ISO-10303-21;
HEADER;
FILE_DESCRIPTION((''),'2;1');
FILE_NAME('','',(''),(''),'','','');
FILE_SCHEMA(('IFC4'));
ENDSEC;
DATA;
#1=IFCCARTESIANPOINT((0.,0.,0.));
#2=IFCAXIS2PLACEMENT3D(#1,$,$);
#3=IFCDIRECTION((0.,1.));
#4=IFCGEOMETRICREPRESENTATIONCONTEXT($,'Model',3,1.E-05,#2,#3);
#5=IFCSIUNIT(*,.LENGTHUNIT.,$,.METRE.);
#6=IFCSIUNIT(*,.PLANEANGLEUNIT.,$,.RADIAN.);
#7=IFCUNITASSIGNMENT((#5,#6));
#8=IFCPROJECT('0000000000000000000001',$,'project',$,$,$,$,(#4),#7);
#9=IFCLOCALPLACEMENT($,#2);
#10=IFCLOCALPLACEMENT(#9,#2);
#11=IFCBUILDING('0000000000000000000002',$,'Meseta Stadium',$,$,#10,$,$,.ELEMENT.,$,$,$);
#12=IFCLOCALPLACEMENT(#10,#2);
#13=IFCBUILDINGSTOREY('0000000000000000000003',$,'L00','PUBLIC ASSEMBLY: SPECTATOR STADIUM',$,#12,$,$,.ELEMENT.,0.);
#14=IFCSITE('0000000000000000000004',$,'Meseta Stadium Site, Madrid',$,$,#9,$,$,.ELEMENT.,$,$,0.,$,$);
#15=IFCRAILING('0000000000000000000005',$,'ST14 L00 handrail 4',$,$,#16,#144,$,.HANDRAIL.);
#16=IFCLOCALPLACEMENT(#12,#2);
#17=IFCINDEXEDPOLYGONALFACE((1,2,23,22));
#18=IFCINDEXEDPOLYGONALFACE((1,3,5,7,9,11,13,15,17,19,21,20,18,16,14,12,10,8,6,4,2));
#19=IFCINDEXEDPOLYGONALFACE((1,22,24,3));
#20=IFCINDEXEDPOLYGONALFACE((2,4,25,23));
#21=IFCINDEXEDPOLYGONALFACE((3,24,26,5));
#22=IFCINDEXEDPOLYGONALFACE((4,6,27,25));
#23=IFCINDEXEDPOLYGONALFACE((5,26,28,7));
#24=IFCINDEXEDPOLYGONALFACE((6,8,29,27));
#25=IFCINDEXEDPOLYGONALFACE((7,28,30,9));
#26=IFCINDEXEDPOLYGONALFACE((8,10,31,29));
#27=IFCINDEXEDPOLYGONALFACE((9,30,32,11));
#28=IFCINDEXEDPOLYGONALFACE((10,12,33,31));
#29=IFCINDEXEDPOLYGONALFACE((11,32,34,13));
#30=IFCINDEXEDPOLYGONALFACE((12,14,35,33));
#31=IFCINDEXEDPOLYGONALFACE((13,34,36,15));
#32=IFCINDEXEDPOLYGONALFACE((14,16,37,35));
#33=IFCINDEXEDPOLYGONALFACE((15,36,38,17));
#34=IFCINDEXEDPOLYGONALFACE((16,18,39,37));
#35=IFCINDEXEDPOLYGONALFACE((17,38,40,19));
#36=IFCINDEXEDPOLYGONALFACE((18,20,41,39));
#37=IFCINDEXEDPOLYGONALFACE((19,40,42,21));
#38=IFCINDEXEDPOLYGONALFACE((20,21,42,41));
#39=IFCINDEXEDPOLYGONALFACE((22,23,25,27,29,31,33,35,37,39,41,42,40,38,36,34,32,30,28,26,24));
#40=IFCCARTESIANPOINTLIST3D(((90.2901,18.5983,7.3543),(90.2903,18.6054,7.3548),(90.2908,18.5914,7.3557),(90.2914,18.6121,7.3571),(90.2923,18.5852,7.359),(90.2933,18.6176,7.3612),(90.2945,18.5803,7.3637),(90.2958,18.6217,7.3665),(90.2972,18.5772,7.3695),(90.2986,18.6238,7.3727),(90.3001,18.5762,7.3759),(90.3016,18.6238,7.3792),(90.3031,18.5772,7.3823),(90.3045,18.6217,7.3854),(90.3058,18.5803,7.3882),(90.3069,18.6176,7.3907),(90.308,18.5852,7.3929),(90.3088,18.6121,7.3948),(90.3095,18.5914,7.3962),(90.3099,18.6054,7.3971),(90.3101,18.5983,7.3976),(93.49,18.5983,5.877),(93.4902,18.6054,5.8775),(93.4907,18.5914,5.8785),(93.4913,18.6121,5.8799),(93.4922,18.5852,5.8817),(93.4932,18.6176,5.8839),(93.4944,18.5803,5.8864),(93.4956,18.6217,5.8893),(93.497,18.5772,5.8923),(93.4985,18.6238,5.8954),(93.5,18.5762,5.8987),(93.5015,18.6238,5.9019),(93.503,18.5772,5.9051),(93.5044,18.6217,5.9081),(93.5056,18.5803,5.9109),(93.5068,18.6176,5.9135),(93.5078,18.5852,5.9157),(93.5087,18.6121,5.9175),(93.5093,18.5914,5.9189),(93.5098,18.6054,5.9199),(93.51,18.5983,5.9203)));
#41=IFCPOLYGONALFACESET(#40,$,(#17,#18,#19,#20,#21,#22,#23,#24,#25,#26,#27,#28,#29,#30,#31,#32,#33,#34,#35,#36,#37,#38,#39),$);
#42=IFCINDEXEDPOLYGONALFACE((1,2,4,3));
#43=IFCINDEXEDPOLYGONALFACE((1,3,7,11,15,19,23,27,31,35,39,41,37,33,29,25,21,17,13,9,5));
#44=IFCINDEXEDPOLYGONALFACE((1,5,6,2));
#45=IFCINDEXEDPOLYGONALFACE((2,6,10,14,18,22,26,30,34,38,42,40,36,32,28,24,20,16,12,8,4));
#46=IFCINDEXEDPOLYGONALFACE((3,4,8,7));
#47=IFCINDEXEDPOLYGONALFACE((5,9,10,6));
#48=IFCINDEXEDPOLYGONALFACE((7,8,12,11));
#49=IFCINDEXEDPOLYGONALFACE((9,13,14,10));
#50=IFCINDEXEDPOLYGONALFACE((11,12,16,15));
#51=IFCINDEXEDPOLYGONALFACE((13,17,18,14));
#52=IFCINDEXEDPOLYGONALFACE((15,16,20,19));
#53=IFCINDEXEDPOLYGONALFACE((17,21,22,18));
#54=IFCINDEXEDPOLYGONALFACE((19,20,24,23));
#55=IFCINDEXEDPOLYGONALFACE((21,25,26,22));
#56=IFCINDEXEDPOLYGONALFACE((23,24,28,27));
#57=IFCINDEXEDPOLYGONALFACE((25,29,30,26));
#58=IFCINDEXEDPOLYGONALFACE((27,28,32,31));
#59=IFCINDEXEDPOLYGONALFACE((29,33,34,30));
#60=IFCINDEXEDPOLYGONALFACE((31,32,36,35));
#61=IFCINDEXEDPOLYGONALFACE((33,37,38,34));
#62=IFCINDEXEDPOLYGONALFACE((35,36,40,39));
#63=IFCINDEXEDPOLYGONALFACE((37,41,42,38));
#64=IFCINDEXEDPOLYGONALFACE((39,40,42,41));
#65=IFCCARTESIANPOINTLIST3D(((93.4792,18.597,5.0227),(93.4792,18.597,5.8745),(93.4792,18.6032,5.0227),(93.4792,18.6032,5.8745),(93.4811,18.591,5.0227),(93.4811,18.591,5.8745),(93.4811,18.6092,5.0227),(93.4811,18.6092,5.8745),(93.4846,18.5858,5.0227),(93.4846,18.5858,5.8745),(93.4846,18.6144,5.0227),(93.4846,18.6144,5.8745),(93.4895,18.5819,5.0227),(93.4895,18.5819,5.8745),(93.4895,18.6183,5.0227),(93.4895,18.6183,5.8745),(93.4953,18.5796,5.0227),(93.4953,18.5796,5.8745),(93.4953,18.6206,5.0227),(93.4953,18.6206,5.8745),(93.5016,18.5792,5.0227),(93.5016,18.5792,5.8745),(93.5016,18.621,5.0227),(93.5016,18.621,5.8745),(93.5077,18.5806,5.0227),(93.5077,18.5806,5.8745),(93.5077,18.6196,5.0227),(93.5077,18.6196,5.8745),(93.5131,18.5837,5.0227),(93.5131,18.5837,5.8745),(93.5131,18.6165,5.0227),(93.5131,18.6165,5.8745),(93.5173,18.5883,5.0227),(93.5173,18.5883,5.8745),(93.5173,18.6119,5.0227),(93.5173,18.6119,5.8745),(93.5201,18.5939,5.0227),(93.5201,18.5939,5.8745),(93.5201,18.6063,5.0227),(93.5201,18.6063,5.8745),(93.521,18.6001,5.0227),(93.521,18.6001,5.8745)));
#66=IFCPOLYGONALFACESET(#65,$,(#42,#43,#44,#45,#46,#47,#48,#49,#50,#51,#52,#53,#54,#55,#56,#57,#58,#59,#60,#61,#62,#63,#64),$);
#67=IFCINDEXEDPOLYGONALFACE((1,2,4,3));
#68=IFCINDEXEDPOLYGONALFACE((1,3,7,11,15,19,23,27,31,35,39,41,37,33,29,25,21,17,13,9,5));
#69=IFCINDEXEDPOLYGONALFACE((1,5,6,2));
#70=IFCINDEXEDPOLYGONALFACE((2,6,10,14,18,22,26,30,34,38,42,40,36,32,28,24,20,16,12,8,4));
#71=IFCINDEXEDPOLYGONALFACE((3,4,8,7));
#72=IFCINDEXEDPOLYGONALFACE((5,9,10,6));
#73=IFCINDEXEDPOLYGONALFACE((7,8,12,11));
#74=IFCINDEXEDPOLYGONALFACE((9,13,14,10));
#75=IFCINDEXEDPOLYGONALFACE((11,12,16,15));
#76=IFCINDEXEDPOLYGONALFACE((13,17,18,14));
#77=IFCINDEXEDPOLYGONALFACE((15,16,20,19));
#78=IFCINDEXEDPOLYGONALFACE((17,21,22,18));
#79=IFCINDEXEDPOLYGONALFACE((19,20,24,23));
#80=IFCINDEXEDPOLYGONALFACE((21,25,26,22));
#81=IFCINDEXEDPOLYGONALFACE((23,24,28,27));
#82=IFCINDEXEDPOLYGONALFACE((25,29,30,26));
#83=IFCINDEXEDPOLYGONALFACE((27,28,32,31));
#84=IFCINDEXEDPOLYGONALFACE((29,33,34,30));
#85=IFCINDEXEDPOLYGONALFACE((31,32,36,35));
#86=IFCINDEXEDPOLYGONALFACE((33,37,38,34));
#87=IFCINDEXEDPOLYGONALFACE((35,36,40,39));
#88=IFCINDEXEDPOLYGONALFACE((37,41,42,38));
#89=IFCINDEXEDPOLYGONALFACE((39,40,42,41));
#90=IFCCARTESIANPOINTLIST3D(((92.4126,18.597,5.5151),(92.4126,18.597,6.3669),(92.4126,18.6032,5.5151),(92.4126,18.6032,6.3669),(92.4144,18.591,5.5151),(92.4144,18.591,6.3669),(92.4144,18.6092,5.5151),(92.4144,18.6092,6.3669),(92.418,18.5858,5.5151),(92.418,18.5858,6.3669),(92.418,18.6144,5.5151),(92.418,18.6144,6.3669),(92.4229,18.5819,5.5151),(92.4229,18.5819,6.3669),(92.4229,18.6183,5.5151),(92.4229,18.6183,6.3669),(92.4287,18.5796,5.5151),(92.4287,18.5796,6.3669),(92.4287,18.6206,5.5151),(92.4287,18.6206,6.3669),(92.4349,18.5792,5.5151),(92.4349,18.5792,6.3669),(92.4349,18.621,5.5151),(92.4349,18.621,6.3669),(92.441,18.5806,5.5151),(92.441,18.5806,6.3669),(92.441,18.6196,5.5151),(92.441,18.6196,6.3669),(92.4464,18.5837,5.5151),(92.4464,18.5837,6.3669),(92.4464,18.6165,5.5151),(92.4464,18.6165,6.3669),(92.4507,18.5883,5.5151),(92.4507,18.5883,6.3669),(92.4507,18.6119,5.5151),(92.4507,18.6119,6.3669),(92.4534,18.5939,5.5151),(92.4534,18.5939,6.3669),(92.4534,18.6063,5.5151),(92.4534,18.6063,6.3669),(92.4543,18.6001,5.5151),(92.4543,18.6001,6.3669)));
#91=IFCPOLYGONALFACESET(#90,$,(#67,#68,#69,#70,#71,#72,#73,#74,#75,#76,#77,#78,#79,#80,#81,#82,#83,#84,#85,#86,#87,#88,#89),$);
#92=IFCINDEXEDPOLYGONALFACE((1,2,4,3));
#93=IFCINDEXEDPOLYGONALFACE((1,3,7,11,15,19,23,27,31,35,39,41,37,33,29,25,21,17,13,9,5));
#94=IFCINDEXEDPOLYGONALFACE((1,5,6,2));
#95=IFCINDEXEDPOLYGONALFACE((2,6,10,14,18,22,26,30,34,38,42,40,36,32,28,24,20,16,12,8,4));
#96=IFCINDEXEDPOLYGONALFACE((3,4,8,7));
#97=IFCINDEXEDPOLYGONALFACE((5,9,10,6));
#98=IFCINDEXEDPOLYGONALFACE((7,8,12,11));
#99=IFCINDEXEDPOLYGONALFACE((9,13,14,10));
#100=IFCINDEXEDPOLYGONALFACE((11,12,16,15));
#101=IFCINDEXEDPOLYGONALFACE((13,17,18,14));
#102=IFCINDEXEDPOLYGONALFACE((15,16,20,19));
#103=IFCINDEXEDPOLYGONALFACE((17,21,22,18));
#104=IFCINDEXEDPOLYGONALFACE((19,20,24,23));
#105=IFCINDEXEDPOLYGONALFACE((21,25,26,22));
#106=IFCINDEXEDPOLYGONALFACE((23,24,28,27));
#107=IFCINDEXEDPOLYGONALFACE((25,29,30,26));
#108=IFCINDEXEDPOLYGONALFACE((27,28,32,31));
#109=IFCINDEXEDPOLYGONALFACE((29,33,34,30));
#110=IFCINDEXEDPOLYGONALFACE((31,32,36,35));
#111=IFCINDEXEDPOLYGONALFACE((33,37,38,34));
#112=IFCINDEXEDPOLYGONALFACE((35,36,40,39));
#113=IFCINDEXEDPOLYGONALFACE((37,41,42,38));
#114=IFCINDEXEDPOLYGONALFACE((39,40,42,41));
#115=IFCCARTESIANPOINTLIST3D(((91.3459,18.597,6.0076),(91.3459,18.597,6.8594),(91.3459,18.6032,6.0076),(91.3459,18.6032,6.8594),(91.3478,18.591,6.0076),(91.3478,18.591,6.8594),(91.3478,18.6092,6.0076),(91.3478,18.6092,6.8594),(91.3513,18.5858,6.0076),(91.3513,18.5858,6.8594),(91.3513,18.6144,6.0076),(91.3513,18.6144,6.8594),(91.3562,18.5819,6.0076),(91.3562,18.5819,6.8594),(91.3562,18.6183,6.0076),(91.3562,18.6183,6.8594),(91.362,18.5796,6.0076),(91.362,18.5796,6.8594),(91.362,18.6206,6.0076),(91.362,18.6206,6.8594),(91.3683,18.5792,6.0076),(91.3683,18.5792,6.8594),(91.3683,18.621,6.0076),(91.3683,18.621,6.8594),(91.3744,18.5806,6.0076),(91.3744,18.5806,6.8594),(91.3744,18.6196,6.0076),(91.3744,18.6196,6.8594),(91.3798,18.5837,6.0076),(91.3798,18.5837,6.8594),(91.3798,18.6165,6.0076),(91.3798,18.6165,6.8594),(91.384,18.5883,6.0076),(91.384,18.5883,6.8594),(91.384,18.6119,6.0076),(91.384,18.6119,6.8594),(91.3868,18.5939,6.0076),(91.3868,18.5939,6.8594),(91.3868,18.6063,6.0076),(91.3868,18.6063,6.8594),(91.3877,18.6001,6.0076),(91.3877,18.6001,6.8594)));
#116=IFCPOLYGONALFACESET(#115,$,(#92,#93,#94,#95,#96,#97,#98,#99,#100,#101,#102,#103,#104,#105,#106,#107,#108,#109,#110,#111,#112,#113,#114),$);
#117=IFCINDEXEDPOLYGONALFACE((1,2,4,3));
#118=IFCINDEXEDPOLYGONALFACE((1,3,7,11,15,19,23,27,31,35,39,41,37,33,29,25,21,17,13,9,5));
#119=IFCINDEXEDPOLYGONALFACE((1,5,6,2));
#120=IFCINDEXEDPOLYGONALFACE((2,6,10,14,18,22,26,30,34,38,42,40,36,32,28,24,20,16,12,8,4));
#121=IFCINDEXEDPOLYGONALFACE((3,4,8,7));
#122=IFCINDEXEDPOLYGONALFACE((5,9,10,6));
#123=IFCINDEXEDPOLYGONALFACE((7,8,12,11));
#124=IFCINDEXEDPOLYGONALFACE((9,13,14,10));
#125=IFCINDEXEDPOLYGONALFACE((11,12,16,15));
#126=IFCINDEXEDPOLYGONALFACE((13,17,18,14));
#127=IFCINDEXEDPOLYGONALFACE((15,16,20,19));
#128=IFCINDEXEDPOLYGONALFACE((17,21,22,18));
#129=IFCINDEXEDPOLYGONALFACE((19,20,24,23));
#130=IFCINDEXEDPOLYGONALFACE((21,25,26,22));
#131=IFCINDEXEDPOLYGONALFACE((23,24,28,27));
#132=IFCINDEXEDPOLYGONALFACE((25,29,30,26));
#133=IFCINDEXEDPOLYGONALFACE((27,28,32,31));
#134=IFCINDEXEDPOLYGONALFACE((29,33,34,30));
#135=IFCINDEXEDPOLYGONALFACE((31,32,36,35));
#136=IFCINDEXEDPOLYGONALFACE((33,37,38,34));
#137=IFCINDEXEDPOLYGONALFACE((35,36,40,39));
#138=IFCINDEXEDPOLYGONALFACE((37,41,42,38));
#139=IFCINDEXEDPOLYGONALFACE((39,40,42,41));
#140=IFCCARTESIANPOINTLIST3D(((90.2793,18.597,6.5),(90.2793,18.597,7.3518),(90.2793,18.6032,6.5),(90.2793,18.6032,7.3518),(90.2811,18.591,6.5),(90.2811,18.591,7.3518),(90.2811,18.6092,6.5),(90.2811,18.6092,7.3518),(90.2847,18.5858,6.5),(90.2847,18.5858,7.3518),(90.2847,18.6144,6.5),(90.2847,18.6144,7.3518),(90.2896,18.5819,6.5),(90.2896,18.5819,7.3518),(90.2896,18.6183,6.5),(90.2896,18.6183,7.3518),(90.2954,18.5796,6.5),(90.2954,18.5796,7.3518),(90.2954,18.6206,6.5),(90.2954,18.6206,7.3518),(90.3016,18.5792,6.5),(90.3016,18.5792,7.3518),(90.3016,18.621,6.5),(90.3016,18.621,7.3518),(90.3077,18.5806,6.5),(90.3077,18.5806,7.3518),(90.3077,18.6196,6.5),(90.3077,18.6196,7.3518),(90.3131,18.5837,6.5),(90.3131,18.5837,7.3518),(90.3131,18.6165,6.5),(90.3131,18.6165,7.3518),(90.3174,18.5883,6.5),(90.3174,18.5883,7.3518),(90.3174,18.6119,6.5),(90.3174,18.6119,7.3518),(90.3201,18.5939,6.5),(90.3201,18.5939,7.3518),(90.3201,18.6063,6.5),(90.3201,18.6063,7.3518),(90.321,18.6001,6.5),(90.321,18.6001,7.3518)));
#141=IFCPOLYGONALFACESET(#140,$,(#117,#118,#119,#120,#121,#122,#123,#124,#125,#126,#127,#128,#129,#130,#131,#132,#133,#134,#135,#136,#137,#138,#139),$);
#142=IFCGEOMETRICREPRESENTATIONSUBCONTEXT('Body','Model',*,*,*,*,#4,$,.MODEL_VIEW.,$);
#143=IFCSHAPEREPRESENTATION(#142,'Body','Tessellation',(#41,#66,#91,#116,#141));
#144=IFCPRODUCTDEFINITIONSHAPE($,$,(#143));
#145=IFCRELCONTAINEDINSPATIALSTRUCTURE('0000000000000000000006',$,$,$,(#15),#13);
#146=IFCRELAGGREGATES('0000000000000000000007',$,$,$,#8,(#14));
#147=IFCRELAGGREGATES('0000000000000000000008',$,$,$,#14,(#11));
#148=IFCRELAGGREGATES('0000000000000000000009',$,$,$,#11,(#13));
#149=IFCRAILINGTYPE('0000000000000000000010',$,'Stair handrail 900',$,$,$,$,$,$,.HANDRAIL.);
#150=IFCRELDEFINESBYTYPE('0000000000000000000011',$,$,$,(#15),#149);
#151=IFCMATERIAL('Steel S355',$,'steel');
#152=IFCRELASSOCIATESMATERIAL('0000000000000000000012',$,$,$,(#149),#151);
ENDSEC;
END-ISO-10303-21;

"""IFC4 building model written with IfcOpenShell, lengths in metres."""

from ifc_helpers import new_model, si_unit, direction, frame, origin, origin_2d, place, context, subcontext, project, spatial, circle, extrude, material, type_object, element, save


model = new_model("IFC4")

# Units and contexts
model_context = context("Model", 3, precision=1e-05, world=origin(), true_north=direction((0.0, 1.0)))
body_context = subcontext(model_context, "Body", "Model", "MODEL_VIEW")
ifc_project = project(units=[si_unit("LENGTHUNIT", "METRE"), si_unit("PLANEANGLEUNIT", "RADIAN")], contexts=[model_context])

# Site, building, storey
site_placement = place(None, origin())
site = spatial("IfcSite", under=ifc_project, at=site_placement, Name="Meseta Stadium Site, Madrid", CompositionType="ELEMENT", RefElevation=0.0)
building_placement = place(site_placement, origin())
building = spatial("IfcBuilding", under=site, at=building_placement, Name="Meseta Stadium", CompositionType="ELEMENT")
storey_placement = place(building_placement, origin())
storey = spatial("IfcBuildingStorey", under=building, at=storey_placement, Name="L00", Description="PUBLIC ASSEMBLY: SPECTATOR STADIUM", CompositionType="ELEMENT", Elevation=0.0)

# Railing
ifc_material_1 = material(Name="Steel S355", Category="steel")
railing_type_1 = type_object("IfcRailingType", Name="Stair handrail 900", PredefinedType="HANDRAIL", material=ifc_material_1)
for number, where, name in (
    (1, (93.5, 18.6001, 5.0227), "ST14 L00 handrail 4"),
):
    element("IfcRailing", number, at=place(storey_placement, frame(where)), inside=storey, type_object=railing_type_1, Name=name, PredefinedType="HANDRAIL", context=body_context, shape_type="SweptSolid", body=[
        extrude(circle(Radius=0.0239, at=origin_2d()), frame((0.0, 0.0, 0.876), z_axis=(-0.907917, 0.0, 0.41915), x_axis=(0.0, -1.0, 0.0)), (0.0, 0.0, 1.0), 3.5244),
        extrude(circle(Radius=0.021, at=origin_2d()), origin(), (0.0, 0.0, 1.0), 0.8518),
        extrude(circle(Radius=0.021, at=origin_2d()), frame((-1.0667, 0.0, 0.4924)), (0.0, 0.0, 1.0), 0.8518),
        extrude(circle(Radius=0.021, at=origin_2d()), frame((-2.1333, 0.0, 0.9849)), (0.0, 0.0, 1.0), 0.8518),
        extrude(circle(Radius=0.021, at=origin_2d()), frame((-3.2, 0.0, 1.4773)), (0.0, 0.0, 1.0), 0.8518),
    ])

save(model, "model.ifc")
